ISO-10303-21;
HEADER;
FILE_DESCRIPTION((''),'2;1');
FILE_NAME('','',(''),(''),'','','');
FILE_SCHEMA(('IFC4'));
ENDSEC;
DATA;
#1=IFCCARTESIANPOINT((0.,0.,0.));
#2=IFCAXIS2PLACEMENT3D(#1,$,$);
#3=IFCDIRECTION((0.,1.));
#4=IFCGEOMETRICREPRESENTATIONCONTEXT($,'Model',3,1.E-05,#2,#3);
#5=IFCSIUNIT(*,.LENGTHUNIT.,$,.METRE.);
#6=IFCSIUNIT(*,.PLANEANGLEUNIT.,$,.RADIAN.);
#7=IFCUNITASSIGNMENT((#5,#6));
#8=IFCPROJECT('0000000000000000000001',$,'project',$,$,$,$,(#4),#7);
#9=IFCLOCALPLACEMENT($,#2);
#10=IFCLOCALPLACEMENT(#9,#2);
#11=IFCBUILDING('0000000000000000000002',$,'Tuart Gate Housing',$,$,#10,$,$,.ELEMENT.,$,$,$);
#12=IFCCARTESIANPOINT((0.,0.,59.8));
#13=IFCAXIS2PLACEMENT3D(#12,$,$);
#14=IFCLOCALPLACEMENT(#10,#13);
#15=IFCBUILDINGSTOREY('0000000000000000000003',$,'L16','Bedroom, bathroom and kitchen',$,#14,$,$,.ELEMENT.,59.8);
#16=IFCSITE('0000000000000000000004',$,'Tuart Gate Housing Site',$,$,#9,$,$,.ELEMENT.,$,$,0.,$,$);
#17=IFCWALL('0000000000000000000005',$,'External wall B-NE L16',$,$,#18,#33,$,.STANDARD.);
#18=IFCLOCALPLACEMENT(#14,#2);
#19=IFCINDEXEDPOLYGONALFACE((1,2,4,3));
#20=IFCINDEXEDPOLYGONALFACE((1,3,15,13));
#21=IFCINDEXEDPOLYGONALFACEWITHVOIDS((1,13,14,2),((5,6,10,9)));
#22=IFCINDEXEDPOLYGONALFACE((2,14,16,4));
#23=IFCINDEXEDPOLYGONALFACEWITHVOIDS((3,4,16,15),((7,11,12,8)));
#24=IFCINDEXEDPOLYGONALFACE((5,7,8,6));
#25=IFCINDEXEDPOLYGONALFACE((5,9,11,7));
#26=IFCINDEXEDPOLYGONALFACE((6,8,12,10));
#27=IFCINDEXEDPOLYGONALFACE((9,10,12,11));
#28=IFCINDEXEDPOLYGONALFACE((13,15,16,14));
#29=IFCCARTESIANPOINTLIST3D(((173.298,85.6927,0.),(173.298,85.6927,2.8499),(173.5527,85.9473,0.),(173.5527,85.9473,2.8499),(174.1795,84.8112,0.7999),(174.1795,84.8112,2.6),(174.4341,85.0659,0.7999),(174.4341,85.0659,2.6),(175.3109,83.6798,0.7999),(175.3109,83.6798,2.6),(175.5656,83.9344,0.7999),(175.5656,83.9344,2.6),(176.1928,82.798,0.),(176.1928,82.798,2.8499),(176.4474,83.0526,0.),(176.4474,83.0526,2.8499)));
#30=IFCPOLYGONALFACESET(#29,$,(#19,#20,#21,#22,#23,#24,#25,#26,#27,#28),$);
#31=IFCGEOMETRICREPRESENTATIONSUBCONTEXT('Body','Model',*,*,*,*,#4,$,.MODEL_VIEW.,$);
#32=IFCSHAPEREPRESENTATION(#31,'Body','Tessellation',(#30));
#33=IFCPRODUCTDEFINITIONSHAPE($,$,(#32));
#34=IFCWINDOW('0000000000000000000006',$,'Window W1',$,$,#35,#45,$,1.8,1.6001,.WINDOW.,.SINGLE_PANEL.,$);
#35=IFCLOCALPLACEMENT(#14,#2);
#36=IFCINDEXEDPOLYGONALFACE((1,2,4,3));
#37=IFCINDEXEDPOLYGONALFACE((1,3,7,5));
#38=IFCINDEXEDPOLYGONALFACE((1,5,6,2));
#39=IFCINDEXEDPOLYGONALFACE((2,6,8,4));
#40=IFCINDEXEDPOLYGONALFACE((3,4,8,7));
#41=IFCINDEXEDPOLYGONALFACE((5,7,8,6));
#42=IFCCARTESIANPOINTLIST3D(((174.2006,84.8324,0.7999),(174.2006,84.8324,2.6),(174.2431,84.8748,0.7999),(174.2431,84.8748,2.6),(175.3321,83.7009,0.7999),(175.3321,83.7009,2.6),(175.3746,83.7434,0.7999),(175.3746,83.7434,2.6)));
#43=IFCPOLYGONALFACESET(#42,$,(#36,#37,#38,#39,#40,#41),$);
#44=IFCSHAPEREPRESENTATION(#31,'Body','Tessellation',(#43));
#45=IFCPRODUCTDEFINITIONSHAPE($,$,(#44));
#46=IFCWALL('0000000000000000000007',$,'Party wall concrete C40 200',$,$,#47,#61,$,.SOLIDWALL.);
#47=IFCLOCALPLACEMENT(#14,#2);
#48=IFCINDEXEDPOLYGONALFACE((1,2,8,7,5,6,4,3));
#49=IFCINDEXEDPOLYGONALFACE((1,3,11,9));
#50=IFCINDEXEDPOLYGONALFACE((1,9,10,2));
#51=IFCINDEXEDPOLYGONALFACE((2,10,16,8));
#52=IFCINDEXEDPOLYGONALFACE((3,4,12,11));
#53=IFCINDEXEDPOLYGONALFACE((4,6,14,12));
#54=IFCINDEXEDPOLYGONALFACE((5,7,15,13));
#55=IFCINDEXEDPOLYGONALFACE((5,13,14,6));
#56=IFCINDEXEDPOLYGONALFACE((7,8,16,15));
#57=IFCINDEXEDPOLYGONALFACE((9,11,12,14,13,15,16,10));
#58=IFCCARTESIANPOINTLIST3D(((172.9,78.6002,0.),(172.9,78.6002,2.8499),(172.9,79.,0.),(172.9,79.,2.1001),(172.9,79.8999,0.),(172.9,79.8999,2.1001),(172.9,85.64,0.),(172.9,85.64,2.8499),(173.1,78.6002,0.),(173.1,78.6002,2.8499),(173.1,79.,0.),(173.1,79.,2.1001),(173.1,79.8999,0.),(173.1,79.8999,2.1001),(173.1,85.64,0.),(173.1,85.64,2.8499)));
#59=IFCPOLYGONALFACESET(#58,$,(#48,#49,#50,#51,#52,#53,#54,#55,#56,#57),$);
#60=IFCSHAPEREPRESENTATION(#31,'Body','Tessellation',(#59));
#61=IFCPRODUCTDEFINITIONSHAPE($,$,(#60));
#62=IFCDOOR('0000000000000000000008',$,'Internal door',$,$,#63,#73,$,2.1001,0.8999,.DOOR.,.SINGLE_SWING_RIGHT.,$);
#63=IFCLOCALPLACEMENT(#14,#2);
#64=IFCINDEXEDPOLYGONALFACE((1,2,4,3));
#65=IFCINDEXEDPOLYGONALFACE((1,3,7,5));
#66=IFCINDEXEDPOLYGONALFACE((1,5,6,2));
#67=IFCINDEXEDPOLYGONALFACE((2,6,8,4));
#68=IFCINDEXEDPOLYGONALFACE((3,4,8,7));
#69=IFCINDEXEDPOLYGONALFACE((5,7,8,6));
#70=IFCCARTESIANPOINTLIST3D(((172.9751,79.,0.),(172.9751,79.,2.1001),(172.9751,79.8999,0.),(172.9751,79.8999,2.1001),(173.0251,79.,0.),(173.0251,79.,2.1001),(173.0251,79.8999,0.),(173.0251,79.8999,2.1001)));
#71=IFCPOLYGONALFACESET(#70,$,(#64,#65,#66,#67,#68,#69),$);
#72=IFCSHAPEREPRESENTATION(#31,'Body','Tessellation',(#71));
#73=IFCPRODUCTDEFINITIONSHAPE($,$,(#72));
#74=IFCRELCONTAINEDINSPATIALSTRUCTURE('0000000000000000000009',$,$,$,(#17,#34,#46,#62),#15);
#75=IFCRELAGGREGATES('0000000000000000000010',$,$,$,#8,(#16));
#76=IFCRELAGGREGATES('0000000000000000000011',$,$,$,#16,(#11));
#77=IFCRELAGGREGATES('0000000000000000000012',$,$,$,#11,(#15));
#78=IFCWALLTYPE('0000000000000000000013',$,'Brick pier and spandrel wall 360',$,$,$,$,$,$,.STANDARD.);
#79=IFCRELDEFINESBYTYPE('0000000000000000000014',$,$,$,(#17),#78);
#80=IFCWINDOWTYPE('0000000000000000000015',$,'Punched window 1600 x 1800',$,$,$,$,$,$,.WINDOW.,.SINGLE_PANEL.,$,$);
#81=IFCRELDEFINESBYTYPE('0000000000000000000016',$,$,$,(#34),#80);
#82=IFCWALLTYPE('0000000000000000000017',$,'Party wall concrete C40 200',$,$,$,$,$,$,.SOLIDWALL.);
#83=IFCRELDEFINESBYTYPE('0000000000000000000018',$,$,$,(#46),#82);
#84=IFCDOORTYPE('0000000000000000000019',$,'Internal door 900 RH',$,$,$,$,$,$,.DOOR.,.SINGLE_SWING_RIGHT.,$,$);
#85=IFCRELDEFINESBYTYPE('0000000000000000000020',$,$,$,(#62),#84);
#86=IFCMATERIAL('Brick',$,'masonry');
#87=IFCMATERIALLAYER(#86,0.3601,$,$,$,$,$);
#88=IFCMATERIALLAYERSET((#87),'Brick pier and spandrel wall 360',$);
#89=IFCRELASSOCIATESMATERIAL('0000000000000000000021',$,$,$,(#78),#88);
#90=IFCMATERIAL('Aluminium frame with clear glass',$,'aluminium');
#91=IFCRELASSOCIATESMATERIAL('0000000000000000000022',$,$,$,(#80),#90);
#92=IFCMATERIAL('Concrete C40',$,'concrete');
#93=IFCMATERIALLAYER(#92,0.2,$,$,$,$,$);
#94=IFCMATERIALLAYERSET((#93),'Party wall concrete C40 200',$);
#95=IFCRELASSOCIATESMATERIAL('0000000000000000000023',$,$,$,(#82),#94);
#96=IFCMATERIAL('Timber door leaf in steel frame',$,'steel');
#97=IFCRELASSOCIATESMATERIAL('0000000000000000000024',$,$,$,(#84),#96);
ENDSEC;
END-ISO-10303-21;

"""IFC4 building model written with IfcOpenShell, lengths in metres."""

from ifc_helpers import new_model, si_unit, direction, frame, frame_2d, origin, place, context, subcontext, project, spatial, rectangle, extrude, material, layer, layer_set, type_object, element, fill, save


model = new_model("IFC4")

# Units and contexts
model_context = context("Model", 3, precision=1e-05, world=origin(), true_north=direction((0.0, 1.0)))
body_context = subcontext(model_context, "Body", "Model", "MODEL_VIEW")
ifc_project = project(units=[si_unit("LENGTHUNIT", "METRE"), si_unit("PLANEANGLEUNIT", "RADIAN")], contexts=[model_context])

# Site, building, storey
site_placement = place(None, origin())
site = spatial("IfcSite", under=ifc_project, at=site_placement, Name="Tuart Gate Housing Site", CompositionType="ELEMENT", RefElevation=0.0)
building_placement = place(site_placement, origin())
building = spatial("IfcBuilding", under=site, at=building_placement, Name="Tuart Gate Housing", CompositionType="ELEMENT")
storey_placement = place(building_placement, frame((0.0, 0.0, 59.8)))
storey = spatial("IfcBuildingStorey", under=building, at=storey_placement, Name="L16", Description="Bedroom, bathroom and kitchen", CompositionType="ELEMENT", Elevation=59.8)

# Wall, opening, window
ifc_material_1 = material(Name="Brick", Category="masonry")
ifc_layer_1 = layer(ifc_material_1, 0.3601)
ifc_layer_set_1 = layer_set([ifc_layer_1], Name="Brick pier and spandrel wall 360")
wall_type_1 = type_object("IfcWallType", Name="Brick pier and spandrel wall 360", PredefinedType="STANDARD", material=ifc_layer_set_1)
wall_1_placement = place(storey_placement, frame((176.3201, 82.9253, 0.0), z_axis=(0.0, 0.0, 1.0), x_axis=(-0.707107, 0.707107, 0.0)))
wall_1 = element("IfcWall", 1, at=wall_1_placement, inside=storey, type_object=wall_type_1, Name="External wall B-NE L16", PredefinedType="STANDARD", context=body_context, shape_type="SweptSolid", body=[
    extrude(rectangle(XDim=4.0938, YDim=0.3601, at=frame_2d((2.0469, 0.0))), origin(), (0.0, 0.0, 1.0), 2.8499),
])
opening_1_placement = place(wall_1_placement, frame((1.2471, 0.0, 0.8)))
opening_1 = element("IfcOpeningElement", 2, at=opening_1_placement, cuts=wall_1, PredefinedType="OPENING", context=body_context, shape_type="SweptSolid", body=[
    extrude(rectangle(XDim=1.6001, YDim=1.8, at=frame_2d((0.8, 0.8999))), frame((0.0, 0.1899, 0.0), z_axis=(0.0, -1.0, 0.0), x_axis=(1.0, 0.0, 0.0)), (0.0, 0.0, 1.0), 0.3801),
])
ifc_material_2 = material(Name="Aluminium frame with clear glass", Category="aluminium")
window_type = type_object("IfcWindowType", Name="Punched window 1600 x 1800", PartitioningType="SINGLE_PANEL", PredefinedType="WINDOW", material=ifc_material_2)
window_placement = place(opening_1_placement, origin())
window = element("IfcWindow", 3, at=window_placement, inside=storey, type_object=window_type, Name="Window W1", OverallHeight=1.8, OverallWidth=1.6001, PartitioningType="SINGLE_PANEL", PredefinedType="WINDOW", context=body_context, shape_type="SweptSolid", body=[
    extrude(rectangle(XDim=1.6001, YDim=1.8, at=frame_2d((0.8, 0.8999))), frame((0.0, 0.1501, 0.0), z_axis=(0.0, -1.0, 0.0), x_axis=(1.0, 0.0, 0.0)), (0.0, 0.0, 1.0), 0.0601),
])
fill(opening_1, window)

# Wall, opening, door
ifc_material_3 = material(Name="Concrete C40", Category="concrete")
ifc_layer_2 = layer(ifc_material_3, 0.2)
ifc_layer_set_2 = layer_set([ifc_layer_2], Name="Party wall concrete C40 200")
wall_type_2 = type_object("IfcWallType", Name="Party wall concrete C40 200", PredefinedType="SOLIDWALL", material=ifc_layer_set_2)
wall_2_placement = place(storey_placement, frame((173.0, 78.6001, 0.0), z_axis=(0.0, 0.0, 1.0), x_axis=(0.0, 1.0, 0.0)))
wall_2 = element("IfcWall", 4, at=wall_2_placement, inside=storey, type_object=wall_type_2, Name="Party wall concrete C40 200", PredefinedType="SOLIDWALL", context=body_context, shape_type="SweptSolid", body=[
    extrude(rectangle(XDim=7.0398, YDim=0.2, at=frame_2d((3.52, 0.0))), origin(), (0.0, 0.0, 1.0), 2.8499),
])
opening_2_placement = place(wall_2_placement, frame((0.3999, 0.0, 0.0)))
opening_2 = element("IfcOpeningElement", 5, at=opening_2_placement, cuts=wall_2, PredefinedType="OPENING", context=body_context, shape_type="SweptSolid", body=[
    extrude(rectangle(XDim=0.8999, YDim=2.1001, at=frame_2d((0.45, 1.05))), frame((0.0, 0.1099, 0.0), z_axis=(0.0, -1.0, 0.0), x_axis=(1.0, 0.0, 0.0)), (0.0, 0.0, 1.0), 0.22),
])
ifc_material_4 = material(Name="Timber door leaf in steel frame", Category="steel")
door_type = type_object("IfcDoorType", Name="Internal door 900 RH", OperationType="SINGLE_SWING_RIGHT", PredefinedType="DOOR", material=ifc_material_4)
door_placement = place(opening_2_placement, frame((0.8999, 0.0, 0.0), z_axis=(0.0, 0.0, 1.0), x_axis=(-1.0, 0.0, 0.0)))
door = element("IfcDoor", 6, at=door_placement, inside=storey, type_object=door_type, Name="Internal door", OperationType="SINGLE_SWING_RIGHT", OverallHeight=2.1001, OverallWidth=0.8999, PredefinedType="DOOR", context=body_context, shape_type="SweptSolid", body=[
    extrude(rectangle(XDim=0.8999, YDim=2.1001, at=frame_2d((0.45, 1.05))), frame((0.0, 0.0251, 0.0), z_axis=(0.0, -1.0, 0.0), x_axis=(1.0, 0.0, 0.0)), (0.0, 0.0, 1.0), 0.05),
])
fill(opening_2, door)

save(model, "model.ifc")
